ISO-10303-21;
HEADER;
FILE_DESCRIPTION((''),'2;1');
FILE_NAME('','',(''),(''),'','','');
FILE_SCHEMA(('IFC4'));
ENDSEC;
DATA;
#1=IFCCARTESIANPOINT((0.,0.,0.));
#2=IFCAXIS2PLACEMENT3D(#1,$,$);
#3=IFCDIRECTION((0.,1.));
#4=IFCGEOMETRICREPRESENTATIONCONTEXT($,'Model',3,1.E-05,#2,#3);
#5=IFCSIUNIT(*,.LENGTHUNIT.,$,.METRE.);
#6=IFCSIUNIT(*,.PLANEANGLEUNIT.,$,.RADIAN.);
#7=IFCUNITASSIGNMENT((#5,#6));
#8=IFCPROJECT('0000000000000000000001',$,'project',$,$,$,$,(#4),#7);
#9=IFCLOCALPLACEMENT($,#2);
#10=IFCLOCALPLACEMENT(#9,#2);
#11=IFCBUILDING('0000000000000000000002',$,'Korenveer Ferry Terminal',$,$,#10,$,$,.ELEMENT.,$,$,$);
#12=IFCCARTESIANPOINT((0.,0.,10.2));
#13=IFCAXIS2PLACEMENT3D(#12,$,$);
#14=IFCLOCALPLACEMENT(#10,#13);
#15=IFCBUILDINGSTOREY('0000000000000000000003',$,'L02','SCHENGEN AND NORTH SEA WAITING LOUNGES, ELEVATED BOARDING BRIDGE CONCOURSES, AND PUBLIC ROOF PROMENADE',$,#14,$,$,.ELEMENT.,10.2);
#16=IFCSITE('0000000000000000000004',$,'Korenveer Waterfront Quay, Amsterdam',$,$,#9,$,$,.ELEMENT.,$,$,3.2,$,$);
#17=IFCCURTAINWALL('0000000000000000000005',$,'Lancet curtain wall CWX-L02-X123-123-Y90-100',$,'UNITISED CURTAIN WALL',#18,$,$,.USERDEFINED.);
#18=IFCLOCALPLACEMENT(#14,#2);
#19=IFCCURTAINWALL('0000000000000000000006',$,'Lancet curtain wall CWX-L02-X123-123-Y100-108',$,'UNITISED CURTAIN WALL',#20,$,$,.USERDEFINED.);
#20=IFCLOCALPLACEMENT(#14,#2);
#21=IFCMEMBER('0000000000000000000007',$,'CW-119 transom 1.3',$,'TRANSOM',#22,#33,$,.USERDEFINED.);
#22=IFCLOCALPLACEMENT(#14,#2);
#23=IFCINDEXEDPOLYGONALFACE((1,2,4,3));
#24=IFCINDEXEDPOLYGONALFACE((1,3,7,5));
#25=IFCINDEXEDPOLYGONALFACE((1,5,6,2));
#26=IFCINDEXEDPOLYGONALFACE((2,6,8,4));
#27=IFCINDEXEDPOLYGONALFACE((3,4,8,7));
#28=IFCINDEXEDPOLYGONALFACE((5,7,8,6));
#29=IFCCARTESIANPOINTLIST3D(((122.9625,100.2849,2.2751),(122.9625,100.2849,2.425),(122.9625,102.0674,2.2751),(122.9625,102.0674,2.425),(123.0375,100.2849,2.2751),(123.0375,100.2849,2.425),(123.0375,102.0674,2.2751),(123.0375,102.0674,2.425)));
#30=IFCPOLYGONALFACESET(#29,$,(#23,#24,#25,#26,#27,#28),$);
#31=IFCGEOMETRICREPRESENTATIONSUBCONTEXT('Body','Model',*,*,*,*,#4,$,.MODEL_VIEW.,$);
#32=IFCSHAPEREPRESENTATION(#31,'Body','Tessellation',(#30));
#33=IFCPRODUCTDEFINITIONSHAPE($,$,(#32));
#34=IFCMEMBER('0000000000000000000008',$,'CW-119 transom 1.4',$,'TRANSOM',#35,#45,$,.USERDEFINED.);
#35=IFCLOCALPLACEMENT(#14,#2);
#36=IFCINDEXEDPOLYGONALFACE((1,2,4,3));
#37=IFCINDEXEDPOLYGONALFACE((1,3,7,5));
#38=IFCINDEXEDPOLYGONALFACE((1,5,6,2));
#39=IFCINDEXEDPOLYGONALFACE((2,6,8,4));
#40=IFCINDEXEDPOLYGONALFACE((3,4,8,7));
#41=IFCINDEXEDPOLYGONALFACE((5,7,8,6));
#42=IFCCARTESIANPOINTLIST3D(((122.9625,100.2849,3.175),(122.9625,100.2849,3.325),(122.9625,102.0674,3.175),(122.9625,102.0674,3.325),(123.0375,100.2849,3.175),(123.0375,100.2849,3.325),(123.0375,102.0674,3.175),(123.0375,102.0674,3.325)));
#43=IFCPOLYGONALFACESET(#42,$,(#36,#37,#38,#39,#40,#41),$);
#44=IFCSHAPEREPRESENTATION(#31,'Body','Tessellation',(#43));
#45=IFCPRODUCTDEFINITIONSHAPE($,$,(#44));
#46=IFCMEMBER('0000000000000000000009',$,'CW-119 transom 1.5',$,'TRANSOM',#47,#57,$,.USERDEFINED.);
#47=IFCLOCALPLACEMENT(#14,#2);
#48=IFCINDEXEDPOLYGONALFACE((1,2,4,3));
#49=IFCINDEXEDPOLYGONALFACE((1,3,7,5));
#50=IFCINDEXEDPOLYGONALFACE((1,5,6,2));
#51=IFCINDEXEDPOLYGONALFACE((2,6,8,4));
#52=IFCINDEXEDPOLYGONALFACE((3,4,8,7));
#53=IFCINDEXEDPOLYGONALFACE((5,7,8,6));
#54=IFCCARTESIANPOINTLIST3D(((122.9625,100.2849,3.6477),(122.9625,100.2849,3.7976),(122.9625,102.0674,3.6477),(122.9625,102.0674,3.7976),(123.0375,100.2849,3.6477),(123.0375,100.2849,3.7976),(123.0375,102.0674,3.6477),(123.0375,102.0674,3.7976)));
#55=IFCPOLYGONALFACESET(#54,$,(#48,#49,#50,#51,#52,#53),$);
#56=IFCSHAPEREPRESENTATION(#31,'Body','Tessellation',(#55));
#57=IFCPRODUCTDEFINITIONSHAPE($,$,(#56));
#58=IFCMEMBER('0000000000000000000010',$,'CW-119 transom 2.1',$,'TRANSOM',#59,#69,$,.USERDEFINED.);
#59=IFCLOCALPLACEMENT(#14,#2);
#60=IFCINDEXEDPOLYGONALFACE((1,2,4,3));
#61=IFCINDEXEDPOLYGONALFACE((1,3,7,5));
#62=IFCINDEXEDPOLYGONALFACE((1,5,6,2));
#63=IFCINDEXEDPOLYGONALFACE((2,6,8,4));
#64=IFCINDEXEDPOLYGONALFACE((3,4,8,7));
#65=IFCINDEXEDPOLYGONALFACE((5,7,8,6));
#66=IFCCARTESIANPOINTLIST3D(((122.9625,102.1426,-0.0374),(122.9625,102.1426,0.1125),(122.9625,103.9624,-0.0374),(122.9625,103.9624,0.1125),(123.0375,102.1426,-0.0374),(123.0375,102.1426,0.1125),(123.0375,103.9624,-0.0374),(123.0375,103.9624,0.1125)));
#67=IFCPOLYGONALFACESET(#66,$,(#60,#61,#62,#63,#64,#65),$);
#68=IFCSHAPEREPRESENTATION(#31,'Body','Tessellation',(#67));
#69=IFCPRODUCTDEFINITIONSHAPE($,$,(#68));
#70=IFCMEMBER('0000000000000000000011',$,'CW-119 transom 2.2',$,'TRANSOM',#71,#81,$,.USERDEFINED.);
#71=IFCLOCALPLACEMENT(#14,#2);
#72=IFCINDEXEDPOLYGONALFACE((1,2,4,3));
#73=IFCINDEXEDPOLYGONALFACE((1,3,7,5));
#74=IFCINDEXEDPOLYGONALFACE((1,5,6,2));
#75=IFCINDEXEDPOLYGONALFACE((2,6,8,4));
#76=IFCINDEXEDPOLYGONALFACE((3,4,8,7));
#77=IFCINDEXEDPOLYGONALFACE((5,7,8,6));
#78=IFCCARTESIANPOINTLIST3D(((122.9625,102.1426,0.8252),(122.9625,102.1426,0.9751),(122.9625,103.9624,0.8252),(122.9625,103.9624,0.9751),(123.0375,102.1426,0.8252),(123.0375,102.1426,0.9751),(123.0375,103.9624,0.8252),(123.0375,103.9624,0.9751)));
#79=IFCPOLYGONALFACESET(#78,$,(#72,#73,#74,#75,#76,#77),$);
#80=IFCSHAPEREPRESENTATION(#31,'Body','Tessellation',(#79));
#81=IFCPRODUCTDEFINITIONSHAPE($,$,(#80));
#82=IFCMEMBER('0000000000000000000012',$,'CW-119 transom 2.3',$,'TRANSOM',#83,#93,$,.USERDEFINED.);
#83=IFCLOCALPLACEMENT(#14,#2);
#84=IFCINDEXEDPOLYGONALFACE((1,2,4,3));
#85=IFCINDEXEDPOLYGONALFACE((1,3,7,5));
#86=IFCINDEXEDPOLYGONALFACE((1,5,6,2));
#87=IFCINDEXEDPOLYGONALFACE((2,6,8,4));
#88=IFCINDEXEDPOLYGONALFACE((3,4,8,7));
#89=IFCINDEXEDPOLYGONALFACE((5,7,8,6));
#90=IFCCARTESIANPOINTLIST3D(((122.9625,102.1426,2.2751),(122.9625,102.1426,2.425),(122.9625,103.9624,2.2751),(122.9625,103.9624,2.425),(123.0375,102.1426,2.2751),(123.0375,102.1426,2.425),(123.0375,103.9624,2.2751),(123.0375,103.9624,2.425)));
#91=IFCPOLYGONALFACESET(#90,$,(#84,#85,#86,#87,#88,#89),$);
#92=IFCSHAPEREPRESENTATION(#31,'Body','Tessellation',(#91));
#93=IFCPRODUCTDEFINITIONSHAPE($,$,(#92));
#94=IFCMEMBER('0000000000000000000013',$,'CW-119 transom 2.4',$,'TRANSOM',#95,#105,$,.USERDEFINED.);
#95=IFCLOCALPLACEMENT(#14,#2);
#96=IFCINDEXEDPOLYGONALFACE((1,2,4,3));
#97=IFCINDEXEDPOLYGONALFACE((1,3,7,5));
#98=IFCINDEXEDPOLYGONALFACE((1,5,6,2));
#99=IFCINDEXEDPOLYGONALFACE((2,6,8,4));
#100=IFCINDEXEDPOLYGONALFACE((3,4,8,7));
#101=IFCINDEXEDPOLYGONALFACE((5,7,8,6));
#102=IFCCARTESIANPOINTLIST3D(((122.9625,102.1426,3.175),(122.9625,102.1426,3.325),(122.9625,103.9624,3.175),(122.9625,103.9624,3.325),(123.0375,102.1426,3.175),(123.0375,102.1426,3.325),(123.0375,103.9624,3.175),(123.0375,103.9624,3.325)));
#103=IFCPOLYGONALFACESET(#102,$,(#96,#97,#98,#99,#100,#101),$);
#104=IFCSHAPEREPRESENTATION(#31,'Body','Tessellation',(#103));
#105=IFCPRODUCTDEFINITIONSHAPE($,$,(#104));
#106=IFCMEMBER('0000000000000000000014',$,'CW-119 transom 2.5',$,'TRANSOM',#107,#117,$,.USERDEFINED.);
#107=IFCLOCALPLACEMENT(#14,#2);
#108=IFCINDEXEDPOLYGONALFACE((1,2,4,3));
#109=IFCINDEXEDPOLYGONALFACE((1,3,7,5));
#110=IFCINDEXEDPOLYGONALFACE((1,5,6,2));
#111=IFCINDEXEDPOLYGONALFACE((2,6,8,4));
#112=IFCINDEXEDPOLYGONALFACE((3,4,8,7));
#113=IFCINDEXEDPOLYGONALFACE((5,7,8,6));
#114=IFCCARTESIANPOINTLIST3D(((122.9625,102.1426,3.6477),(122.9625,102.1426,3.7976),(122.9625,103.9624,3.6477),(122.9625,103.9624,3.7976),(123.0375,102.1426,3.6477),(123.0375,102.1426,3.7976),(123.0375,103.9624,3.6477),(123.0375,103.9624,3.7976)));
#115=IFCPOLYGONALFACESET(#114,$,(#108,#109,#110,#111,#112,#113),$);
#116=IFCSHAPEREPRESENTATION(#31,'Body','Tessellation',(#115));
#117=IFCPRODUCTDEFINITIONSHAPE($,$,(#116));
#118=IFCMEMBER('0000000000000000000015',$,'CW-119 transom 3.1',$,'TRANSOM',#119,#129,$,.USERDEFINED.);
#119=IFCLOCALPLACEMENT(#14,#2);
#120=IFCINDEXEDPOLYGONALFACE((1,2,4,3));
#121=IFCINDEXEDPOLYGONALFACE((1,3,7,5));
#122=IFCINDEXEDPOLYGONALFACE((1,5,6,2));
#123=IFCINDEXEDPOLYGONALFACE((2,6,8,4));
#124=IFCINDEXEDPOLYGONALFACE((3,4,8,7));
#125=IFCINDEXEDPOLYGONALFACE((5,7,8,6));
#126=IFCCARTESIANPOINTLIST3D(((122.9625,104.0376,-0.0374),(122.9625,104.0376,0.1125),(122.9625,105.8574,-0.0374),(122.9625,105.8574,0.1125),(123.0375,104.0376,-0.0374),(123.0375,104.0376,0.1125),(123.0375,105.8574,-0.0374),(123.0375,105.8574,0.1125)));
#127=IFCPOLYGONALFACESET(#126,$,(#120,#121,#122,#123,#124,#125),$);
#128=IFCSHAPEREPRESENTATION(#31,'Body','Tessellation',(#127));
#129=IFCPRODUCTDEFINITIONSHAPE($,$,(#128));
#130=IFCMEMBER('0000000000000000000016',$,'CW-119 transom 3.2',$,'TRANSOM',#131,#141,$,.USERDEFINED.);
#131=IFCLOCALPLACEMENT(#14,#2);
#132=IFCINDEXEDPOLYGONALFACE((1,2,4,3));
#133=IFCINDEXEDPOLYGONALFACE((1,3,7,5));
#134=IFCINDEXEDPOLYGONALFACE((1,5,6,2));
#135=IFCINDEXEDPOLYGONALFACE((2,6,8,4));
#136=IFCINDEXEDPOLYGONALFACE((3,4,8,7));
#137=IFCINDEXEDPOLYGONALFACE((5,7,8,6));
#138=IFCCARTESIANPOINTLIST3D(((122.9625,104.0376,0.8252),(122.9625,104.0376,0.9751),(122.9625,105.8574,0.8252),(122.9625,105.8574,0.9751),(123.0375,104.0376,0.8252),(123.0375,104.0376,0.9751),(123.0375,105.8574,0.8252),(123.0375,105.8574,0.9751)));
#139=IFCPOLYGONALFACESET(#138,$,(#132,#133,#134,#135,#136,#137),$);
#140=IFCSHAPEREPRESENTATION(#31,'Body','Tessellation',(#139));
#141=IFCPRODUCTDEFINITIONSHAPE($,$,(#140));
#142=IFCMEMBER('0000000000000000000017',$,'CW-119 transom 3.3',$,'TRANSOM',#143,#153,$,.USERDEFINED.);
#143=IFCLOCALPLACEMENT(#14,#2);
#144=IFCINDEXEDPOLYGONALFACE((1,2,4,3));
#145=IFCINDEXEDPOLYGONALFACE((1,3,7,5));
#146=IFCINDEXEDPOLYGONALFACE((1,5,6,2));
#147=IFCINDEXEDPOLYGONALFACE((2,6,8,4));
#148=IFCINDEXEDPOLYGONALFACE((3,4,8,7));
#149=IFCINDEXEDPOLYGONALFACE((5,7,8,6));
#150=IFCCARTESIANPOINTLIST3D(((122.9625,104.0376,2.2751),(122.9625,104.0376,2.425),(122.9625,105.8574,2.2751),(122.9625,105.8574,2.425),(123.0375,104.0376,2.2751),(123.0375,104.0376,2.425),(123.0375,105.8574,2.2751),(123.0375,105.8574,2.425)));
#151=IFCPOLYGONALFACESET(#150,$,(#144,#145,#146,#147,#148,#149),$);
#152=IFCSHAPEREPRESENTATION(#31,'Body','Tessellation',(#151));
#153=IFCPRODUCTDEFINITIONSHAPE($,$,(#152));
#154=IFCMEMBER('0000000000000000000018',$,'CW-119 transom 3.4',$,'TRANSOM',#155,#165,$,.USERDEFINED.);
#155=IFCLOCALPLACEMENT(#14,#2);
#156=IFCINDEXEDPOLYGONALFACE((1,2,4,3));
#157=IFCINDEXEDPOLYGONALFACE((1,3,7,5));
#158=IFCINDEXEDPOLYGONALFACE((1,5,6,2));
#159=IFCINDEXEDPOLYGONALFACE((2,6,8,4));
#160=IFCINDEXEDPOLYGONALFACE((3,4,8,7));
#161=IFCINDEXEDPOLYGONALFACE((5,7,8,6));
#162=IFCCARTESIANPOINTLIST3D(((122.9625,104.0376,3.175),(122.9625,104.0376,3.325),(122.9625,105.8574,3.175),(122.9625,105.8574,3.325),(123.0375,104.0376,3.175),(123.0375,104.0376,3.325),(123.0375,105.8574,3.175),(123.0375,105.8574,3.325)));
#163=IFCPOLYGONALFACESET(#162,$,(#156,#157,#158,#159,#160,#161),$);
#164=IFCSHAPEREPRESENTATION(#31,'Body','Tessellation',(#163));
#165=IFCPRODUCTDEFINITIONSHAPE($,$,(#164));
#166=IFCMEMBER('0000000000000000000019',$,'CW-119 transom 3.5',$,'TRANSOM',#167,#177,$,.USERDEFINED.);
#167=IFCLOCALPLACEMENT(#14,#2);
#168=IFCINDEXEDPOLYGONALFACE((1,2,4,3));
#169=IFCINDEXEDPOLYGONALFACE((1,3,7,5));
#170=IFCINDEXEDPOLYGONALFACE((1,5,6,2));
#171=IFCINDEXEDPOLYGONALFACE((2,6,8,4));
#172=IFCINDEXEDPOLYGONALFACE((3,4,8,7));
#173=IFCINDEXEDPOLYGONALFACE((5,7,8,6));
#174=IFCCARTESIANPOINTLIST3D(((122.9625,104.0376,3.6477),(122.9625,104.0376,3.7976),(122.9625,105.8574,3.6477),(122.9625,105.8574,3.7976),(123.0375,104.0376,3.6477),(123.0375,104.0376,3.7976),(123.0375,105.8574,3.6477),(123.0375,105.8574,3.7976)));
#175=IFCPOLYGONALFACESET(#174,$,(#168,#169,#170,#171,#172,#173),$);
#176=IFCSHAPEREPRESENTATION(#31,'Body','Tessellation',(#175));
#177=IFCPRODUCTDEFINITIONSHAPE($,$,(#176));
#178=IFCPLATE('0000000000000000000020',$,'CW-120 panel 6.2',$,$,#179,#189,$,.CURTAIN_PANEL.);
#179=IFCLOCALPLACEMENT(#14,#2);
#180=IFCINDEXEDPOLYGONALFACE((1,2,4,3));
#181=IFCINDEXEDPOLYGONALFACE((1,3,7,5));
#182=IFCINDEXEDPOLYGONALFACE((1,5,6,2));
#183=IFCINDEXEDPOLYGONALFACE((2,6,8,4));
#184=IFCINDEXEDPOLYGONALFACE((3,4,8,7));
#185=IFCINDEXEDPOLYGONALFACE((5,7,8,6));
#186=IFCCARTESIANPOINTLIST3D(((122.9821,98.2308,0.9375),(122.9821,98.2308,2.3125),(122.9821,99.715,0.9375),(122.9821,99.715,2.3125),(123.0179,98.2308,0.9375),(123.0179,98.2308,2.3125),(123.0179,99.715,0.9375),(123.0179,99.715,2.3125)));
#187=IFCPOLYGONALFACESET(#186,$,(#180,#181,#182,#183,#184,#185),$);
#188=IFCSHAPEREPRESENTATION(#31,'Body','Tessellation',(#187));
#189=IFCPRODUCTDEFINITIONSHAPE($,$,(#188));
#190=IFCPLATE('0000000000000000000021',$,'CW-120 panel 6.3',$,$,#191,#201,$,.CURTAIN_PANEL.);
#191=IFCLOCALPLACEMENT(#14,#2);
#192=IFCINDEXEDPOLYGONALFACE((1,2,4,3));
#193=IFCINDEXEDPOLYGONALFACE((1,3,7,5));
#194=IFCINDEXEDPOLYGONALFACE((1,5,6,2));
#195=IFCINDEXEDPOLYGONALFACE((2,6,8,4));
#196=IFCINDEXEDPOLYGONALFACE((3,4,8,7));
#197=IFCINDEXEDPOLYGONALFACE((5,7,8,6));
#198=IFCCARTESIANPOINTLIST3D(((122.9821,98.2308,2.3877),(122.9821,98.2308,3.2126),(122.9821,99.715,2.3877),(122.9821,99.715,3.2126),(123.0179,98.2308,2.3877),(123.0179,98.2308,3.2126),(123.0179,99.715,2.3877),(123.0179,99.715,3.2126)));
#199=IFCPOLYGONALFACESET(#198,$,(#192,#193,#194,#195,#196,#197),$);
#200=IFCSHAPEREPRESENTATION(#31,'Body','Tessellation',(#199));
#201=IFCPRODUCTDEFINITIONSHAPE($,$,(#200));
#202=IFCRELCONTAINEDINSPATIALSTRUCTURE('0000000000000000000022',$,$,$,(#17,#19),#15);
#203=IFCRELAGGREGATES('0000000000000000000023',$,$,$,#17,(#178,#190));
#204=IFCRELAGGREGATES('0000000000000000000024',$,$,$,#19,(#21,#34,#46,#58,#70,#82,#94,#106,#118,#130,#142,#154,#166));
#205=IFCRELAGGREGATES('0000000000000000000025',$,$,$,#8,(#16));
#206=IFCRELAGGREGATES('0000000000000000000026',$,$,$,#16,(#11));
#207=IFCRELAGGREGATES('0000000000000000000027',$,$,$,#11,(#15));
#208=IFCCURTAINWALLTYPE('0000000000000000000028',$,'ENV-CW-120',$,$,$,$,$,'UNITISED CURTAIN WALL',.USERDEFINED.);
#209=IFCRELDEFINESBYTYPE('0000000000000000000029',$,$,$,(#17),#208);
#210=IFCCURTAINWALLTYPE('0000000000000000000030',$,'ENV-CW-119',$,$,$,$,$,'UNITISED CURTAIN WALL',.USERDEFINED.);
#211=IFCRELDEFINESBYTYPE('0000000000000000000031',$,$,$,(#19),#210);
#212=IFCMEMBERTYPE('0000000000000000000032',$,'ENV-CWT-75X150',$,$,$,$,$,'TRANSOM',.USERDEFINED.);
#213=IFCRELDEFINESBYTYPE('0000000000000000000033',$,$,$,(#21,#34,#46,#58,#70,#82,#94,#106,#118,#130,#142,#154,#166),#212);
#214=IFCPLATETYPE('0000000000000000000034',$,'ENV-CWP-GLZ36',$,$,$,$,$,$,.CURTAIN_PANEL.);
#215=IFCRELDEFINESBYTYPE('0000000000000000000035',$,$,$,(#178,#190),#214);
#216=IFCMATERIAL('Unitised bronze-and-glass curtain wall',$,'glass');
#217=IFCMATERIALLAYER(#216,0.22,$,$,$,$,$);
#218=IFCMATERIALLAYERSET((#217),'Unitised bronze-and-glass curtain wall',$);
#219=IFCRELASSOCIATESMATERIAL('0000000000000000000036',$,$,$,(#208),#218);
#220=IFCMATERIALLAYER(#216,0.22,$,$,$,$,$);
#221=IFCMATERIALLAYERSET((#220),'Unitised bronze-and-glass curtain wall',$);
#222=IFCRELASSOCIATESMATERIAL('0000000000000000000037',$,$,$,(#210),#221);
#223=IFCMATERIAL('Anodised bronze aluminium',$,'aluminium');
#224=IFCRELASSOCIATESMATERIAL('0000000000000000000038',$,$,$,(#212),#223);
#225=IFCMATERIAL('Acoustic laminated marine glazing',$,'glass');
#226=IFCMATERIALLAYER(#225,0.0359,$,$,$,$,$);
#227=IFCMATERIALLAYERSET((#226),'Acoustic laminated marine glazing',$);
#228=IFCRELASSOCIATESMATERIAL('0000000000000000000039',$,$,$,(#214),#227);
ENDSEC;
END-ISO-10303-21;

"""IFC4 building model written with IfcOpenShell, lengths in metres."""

from ifc_helpers import new_model, si_unit, direction, frame, origin, origin_2d, place, context, subcontext, project, spatial, rectangle, extrude, material, layer, layer_set, material_profile, profile_set, type_object, element, aggregate, save


model = new_model("IFC4")

# Units and contexts
model_context = context("Model", 3, precision=1e-05, world=origin(), true_north=direction((0.0, 1.0)))
body_context = subcontext(model_context, "Body", "Model", "MODEL_VIEW")
ifc_project = project(units=[si_unit("LENGTHUNIT", "METRE"), si_unit("PLANEANGLEUNIT", "RADIAN")], contexts=[model_context])

# Site, building, storey
site_placement = place(None, origin())
site = spatial("IfcSite", under=ifc_project, at=site_placement, Name="Korenveer Waterfront Quay, Amsterdam", CompositionType="ELEMENT", RefElevation=3.2)
building_placement = place(site_placement, origin())
building = spatial("IfcBuilding", under=site, at=building_placement, Name="Korenveer Ferry Terminal", CompositionType="ELEMENT")
storey_placement = place(building_placement, frame((0.0, 0.0, 10.2)))
storey = spatial("IfcBuildingStorey", under=building, at=storey_placement, Name="L02", Description="SCHENGEN AND NORTH SEA WAITING LOUNGES, ELEVATED BOARDING BRIDGE CONCOURSES, AND PUBLIC ROOF PROMENADE", CompositionType="ELEMENT", Elevation=10.2)

# Curtain wall
ifc_material_1 = material(Name="Unitised bronze-and-glass curtain wall", Category="glass")
ifc_layer_1 = layer(ifc_material_1, 0.22)
ifc_layer_set_1 = layer_set([ifc_layer_1], Name="Unitised bronze-and-glass curtain wall")
curtain_wall_type_1 = type_object("IfcCurtainWallType", Name="ENV-CW-120", ElementType="UNITISED CURTAIN WALL", PredefinedType="USERDEFINED", material=ifc_layer_set_1)
curtain_wall_1_placement = place(storey_placement, frame((123.0, 90.21, 0.0)))
curtain_wall_1 = element("IfcCurtainWall", 1, at=curtain_wall_1_placement, inside=storey, type_object=curtain_wall_type_1, Name="Lancet curtain wall CWX-L02-X123-123-Y90-100", ObjectType="UNITISED CURTAIN WALL", PredefinedType="USERDEFINED")
ifc_material_2 = material(Name="Anodised bronze aluminium", Category="aluminium")

# Curtain wall, members
ifc_layer_2 = layer(ifc_material_1, 0.22)
ifc_layer_set_2 = layer_set([ifc_layer_2], Name="Unitised bronze-and-glass curtain wall")
curtain_wall_type_2 = type_object("IfcCurtainWallType", Name="ENV-CW-119", ElementType="UNITISED CURTAIN WALL", PredefinedType="USERDEFINED", material=ifc_layer_set_2)
curtain_wall_2_placement = place(storey_placement, frame((123.0, 100.21, 0.0)))
curtain_wall_2 = element("IfcCurtainWall", 2, at=curtain_wall_2_placement, inside=storey, type_object=curtain_wall_type_2, Name="Lancet curtain wall CWX-L02-X123-123-Y100-108", ObjectType="UNITISED CURTAIN WALL", PredefinedType="USERDEFINED")
ifc_material_profile_1 = material_profile(ifc_material_2, rectangle(XDim=0.075, YDim=0.1499, at=origin_2d()), Name="ALU 75x150")
ifc_profile_set_1 = profile_set([ifc_material_profile_1], Name="Anodised bronze aluminium")
member_type_1 = type_object("IfcMemberType", Name="ENV-CWT-75X150", ElementType="TRANSOM", PredefinedType="USERDEFINED", material=ifc_profile_set_1)
member_1_placement = place(storey_placement, frame((123.0, 100.2849, 2.3501), z_axis=(0.0, 1.0, 0.0), x_axis=(-1.0, 0.0, 0.0)))
member_1 = element("IfcMember", 3, at=member_1_placement, type_object=member_type_1, Name="CW-119 transom 1.3", ObjectType="TRANSOM", PredefinedType="USERDEFINED", context=body_context, shape_type="SweptSolid", body=[
    extrude(rectangle(XDim=0.075, YDim=0.1499, at=origin_2d()), origin(), (0.0, 0.0, 1.0), 1.7825),
])
member_2_placement = place(storey_placement, frame((123.0, 100.2849, 3.25), z_axis=(0.0, 1.0, 0.0), x_axis=(-1.0, 0.0, 0.0)))
member_2 = element("IfcMember", 4, at=member_2_placement, type_object=member_type_1, Name="CW-119 transom 1.4", ObjectType="TRANSOM", PredefinedType="USERDEFINED", context=body_context, shape_type="SweptSolid", body=[
    extrude(rectangle(XDim=0.075, YDim=0.1499, at=origin_2d()), origin(), (0.0, 0.0, 1.0), 1.7825),
])
member_3_placement = place(storey_placement, frame((123.0, 100.2849, 3.7227), z_axis=(0.0, 1.0, 0.0), x_axis=(-1.0, 0.0, 0.0)))
member_3 = element("IfcMember", 5, at=member_3_placement, type_object=member_type_1, Name="CW-119 transom 1.5", ObjectType="TRANSOM", PredefinedType="USERDEFINED", context=body_context, shape_type="SweptSolid", body=[
    extrude(rectangle(XDim=0.075, YDim=0.1499, at=origin_2d()), origin(), (0.0, 0.0, 1.0), 1.7825),
])
member_4_placement = place(storey_placement, frame((123.0, 102.1426, 0.0376), z_axis=(0.0, 1.0, 0.0), x_axis=(-1.0, 0.0, 0.0)))
member_4 = element("IfcMember", 6, at=member_4_placement, type_object=member_type_1, Name="CW-119 transom 2.1", ObjectType="TRANSOM", PredefinedType="USERDEFINED", context=body_context, shape_type="SweptSolid", body=[
    extrude(rectangle(XDim=0.075, YDim=0.1499, at=origin_2d()), origin(), (0.0, 0.0, 1.0), 1.8198),
])
member_5_placement = place(storey_placement, frame((123.0, 102.1426, 0.9001), z_axis=(0.0, 1.0, 0.0), x_axis=(-1.0, 0.0, 0.0)))
member_5 = element("IfcMember", 7, at=member_5_placement, type_object=member_type_1, Name="CW-119 transom 2.2", ObjectType="TRANSOM", PredefinedType="USERDEFINED", context=body_context, shape_type="SweptSolid", body=[
    extrude(rectangle(XDim=0.075, YDim=0.1499, at=origin_2d()), origin(), (0.0, 0.0, 1.0), 1.8198),
])
member_6_placement = place(storey_placement, frame((123.0, 102.1426, 2.3501), z_axis=(0.0, 1.0, 0.0), x_axis=(-1.0, 0.0, 0.0)))
member_6 = element("IfcMember", 8, at=member_6_placement, type_object=member_type_1, Name="CW-119 transom 2.3", ObjectType="TRANSOM", PredefinedType="USERDEFINED", context=body_context, shape_type="SweptSolid", body=[
    extrude(rectangle(XDim=0.075, YDim=0.1499, at=origin_2d()), origin(), (0.0, 0.0, 1.0), 1.8198),
])
member_7_placement = place(storey_placement, frame((123.0, 102.1426, 3.25), z_axis=(0.0, 1.0, 0.0), x_axis=(-1.0, 0.0, 0.0)))
member_7 = element("IfcMember", 9, at=member_7_placement, type_object=member_type_1, Name="CW-119 transom 2.4", ObjectType="TRANSOM", PredefinedType="USERDEFINED", context=body_context, shape_type="SweptSolid", body=[
    extrude(rectangle(XDim=0.075, YDim=0.1499, at=origin_2d()), origin(), (0.0, 0.0, 1.0), 1.8198),
])
member_8_placement = place(storey_placement, frame((123.0, 102.1426, 3.7227), z_axis=(0.0, 1.0, 0.0), x_axis=(-1.0, 0.0, 0.0)))
member_8 = element("IfcMember", 10, at=member_8_placement, type_object=member_type_1, Name="CW-119 transom 2.5", ObjectType="TRANSOM", PredefinedType="USERDEFINED", context=body_context, shape_type="SweptSolid", body=[
    extrude(rectangle(XDim=0.075, YDim=0.1499, at=origin_2d()), origin(), (0.0, 0.0, 1.0), 1.8198),
])
member_9_placement = place(storey_placement, frame((123.0, 104.0376, 0.0376), z_axis=(0.0, 1.0, 0.0), x_axis=(-1.0, 0.0, 0.0)))
member_9 = element("IfcMember", 11, at=member_9_placement, type_object=member_type_1, Name="CW-119 transom 3.1", ObjectType="TRANSOM", PredefinedType="USERDEFINED", context=body_context, shape_type="SweptSolid", body=[
    extrude(rectangle(XDim=0.075, YDim=0.1499, at=origin_2d()), origin(), (0.0, 0.0, 1.0), 1.8198),
])
member_10_placement = place(storey_placement, frame((123.0, 104.0376, 0.9001), z_axis=(0.0, 1.0, 0.0), x_axis=(-1.0, 0.0, 0.0)))
member_10 = element("IfcMember", 12, at=member_10_placement, type_object=member_type_1, Name="CW-119 transom 3.2", ObjectType="TRANSOM", PredefinedType="USERDEFINED", context=body_context, shape_type="SweptSolid", body=[
    extrude(rectangle(XDim=0.075, YDim=0.1499, at=origin_2d()), origin(), (0.0, 0.0, 1.0), 1.8198),
])
member_11_placement = place(storey_placement, frame((123.0, 104.0376, 2.3501), z_axis=(0.0, 1.0, 0.0), x_axis=(-1.0, 0.0, 0.0)))
member_11 = element("IfcMember", 13, at=member_11_placement, type_object=member_type_1, Name="CW-119 transom 3.3", ObjectType="TRANSOM", PredefinedType="USERDEFINED", context=body_context, shape_type="SweptSolid", body=[
    extrude(rectangle(XDim=0.075, YDim=0.1499, at=origin_2d()), origin(), (0.0, 0.0, 1.0), 1.8198),
])
member_12_placement = place(storey_placement, frame((123.0, 104.0376, 3.25), z_axis=(0.0, 1.0, 0.0), x_axis=(-1.0, 0.0, 0.0)))
member_12 = element("IfcMember", 14, at=member_12_placement, type_object=member_type_1, Name="CW-119 transom 3.4", ObjectType="TRANSOM", PredefinedType="USERDEFINED", context=body_context, shape_type="SweptSolid", body=[
    extrude(rectangle(XDim=0.075, YDim=0.1499, at=origin_2d()), origin(), (0.0, 0.0, 1.0), 1.8198),
])
member_13_placement = place(storey_placement, frame((123.0, 104.0376, 3.7227), z_axis=(0.0, 1.0, 0.0), x_axis=(-1.0, 0.0, 0.0)))
member_13 = element("IfcMember", 15, at=member_13_placement, type_object=member_type_1, Name="CW-119 transom 3.5", ObjectType="TRANSOM", PredefinedType="USERDEFINED", context=body_context, shape_type="SweptSolid", body=[
    extrude(rectangle(XDim=0.075, YDim=0.1499, at=origin_2d()), origin(), (0.0, 0.0, 1.0), 1.8198),
])

# Plates
ifc_material_3 = material(Name="Acoustic laminated marine glazing", Category="glass")
ifc_layer_3 = layer(ifc_material_3, 0.0359)
ifc_layer_set_3 = layer_set([ifc_layer_3], Name="Acoustic laminated marine glazing")
plate_type_1 = type_object("IfcPlateType", Name="ENV-CWP-GLZ36", PredefinedType="CURTAIN_PANEL", material=ifc_layer_set_3)
plate_1_placement = place(storey_placement, frame((123.0, 98.9729, 0.9375), z_axis=(0.0, 0.0, 1.0), x_axis=(0.0, 1.0, 0.0)))
plate_1 = element("IfcPlate", 16, at=plate_1_placement, type_object=plate_type_1, Name="CW-120 panel 6.2", PredefinedType="CURTAIN_PANEL", context=body_context, shape_type="SweptSolid", body=[
    extrude(rectangle(XDim=1.4841, YDim=0.0359, at=origin_2d()), origin(), (0.0, 0.0, 1.0), 1.375),
])
plate_2_placement = place(storey_placement, frame((123.0, 98.9729, 2.3877), z_axis=(0.0, 0.0, 1.0), x_axis=(0.0, 1.0, 0.0)))
plate_2 = element("IfcPlate", 17, at=plate_2_placement, type_object=plate_type_1, Name="CW-120 panel 6.3", PredefinedType="CURTAIN_PANEL", context=body_context, shape_type="SweptSolid", body=[
    extrude(rectangle(XDim=1.4841, YDim=0.0359, at=origin_2d()), origin(), (0.0, 0.0, 1.0), 0.825),
])
aggregate(curtain_wall_1, [plate_1, plate_2])
aggregate(curtain_wall_2, [member_1, member_2, member_3, member_4, member_5, member_6, member_7, member_8, member_9, member_10, member_11, member_12, member_13])

save(model, "model.ifc")
